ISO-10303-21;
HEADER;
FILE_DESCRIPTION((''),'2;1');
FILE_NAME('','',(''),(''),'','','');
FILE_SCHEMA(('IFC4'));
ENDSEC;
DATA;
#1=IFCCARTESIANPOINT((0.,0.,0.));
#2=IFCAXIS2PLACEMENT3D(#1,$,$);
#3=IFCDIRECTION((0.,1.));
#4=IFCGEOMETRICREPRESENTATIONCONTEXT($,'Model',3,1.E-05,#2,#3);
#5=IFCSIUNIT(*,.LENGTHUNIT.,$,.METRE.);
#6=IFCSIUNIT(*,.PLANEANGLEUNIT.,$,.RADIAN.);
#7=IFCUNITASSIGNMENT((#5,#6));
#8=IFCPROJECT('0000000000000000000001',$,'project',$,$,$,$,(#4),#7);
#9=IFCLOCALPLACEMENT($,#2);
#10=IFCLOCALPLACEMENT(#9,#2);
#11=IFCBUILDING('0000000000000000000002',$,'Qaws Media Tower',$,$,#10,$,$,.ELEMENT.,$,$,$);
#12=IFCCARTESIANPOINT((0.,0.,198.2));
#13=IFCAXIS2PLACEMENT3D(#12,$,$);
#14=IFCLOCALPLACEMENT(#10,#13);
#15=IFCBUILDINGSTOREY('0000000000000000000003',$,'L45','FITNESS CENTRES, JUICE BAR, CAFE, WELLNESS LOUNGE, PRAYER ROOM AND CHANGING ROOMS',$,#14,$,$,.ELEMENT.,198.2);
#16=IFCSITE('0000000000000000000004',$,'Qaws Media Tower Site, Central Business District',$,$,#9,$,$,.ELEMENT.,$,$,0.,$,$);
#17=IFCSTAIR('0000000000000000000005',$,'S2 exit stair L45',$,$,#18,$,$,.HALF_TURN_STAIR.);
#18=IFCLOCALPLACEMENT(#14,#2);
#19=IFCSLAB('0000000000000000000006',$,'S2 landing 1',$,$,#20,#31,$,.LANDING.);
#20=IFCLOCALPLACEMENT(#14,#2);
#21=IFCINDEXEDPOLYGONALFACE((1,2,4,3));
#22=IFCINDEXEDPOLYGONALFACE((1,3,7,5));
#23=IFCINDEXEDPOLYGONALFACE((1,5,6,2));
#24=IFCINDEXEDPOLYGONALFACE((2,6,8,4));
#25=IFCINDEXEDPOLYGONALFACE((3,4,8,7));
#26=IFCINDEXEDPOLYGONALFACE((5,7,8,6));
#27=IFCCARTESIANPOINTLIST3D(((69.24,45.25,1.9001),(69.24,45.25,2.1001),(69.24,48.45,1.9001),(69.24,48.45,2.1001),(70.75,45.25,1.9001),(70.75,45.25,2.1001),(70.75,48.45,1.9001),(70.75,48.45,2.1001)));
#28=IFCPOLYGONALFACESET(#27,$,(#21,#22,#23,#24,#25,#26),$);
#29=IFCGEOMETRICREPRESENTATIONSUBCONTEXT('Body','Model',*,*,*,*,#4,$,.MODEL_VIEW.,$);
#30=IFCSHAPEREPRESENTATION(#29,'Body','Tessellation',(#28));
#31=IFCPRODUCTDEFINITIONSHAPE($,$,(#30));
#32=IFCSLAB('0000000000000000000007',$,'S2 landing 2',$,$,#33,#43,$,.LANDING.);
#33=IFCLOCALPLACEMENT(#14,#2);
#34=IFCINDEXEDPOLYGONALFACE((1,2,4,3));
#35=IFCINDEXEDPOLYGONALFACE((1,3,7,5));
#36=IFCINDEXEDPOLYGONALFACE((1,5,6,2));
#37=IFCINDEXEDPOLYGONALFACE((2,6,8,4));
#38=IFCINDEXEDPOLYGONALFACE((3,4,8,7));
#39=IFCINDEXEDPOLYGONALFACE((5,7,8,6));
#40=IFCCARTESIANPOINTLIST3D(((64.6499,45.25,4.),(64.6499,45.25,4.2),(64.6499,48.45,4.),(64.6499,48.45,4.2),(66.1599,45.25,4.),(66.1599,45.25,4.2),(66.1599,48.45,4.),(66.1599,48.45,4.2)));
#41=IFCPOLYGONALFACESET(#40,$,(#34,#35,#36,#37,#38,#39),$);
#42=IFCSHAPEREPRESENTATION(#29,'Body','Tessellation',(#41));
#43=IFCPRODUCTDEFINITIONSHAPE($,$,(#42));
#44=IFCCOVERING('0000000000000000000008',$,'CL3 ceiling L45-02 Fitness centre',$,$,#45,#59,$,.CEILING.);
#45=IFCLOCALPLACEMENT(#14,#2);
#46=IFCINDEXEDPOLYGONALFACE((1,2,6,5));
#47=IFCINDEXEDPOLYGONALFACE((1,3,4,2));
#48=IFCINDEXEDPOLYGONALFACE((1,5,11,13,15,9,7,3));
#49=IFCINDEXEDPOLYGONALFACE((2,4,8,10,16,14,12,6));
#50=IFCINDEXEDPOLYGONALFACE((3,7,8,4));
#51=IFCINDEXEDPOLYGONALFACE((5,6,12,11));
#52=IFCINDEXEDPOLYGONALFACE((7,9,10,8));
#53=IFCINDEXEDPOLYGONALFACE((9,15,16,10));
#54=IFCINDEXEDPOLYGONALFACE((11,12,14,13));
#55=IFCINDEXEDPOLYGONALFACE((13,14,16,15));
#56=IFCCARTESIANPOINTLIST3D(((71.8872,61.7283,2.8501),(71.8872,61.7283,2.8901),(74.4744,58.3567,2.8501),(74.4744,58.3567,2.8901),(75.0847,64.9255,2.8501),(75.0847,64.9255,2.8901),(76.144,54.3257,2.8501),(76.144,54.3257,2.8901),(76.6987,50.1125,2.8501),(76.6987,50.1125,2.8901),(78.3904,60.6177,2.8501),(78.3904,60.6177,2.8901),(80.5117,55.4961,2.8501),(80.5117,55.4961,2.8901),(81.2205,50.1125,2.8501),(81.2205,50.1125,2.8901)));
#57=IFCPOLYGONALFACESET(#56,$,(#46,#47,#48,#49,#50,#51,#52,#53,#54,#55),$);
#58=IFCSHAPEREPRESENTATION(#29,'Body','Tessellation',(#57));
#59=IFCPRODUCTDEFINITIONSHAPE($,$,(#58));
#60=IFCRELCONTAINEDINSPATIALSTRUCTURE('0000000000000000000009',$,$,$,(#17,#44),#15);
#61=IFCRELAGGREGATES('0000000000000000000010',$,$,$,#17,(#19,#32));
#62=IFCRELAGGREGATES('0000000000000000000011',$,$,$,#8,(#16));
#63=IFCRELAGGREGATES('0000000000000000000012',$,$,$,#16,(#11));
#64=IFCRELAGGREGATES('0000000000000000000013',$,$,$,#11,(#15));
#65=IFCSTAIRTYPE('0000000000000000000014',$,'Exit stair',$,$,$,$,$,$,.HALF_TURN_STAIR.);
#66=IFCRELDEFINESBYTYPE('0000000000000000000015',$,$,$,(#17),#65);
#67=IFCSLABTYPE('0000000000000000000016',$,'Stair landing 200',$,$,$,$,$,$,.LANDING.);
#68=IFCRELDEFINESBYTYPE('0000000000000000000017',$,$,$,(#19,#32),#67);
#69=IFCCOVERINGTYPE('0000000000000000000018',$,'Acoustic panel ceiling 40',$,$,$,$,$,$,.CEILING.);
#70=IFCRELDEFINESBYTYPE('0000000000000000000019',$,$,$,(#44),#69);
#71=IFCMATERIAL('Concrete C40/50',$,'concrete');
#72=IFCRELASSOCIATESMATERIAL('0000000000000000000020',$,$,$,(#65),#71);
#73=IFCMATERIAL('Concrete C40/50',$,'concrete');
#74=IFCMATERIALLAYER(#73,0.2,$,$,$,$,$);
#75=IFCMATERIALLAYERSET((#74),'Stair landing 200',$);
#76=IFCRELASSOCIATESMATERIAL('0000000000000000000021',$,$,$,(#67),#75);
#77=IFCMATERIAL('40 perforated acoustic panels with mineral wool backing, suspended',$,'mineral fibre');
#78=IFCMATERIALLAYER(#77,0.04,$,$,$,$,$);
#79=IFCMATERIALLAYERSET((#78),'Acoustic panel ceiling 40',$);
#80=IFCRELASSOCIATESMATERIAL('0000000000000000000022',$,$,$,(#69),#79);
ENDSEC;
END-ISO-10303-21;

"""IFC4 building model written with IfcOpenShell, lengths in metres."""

from ifc_helpers import new_model, si_unit, direction, frame, origin, place, context, subcontext, project, spatial, polyline, outline, extrude, material, layer, layer_set, type_object, element, aggregate, save


model = new_model("IFC4")

# Units and contexts
model_context = context("Model", 3, precision=1e-05, world=origin(), true_north=direction((0.0, 1.0)))
body_context = subcontext(model_context, "Body", "Model", "MODEL_VIEW")
ifc_project = project(units=[si_unit("LENGTHUNIT", "METRE"), si_unit("PLANEANGLEUNIT", "RADIAN")], contexts=[model_context])

# Site, building, storey
site_placement = place(None, origin())
site = spatial("IfcSite", under=ifc_project, at=site_placement, Name="Qaws Media Tower Site, Central Business District", CompositionType="ELEMENT", RefElevation=0.0)
building_placement = place(site_placement, origin())
building = spatial("IfcBuilding", under=site, at=building_placement, Name="Qaws Media Tower", CompositionType="ELEMENT")
storey_placement = place(building_placement, frame((0.0, 0.0, 198.2)))
storey = spatial("IfcBuildingStorey", under=building, at=storey_placement, Name="L45", Description="FITNESS CENTRES, JUICE BAR, CAFE, WELLNESS LOUNGE, PRAYER ROOM AND CHANGING ROOMS", CompositionType="ELEMENT", Elevation=198.2)

# Stair, slabs
ifc_material_1 = material(Name="Concrete C40/50", Category="concrete")
stair_type = type_object("IfcStairType", Name="Exit stair", PredefinedType="HALF_TURN_STAIR", material=ifc_material_1)
ifc_material_2 = material(Name="Concrete C40/50", Category="concrete")
ifc_layer_1 = layer(ifc_material_2, 0.2)
ifc_layer_set_1 = layer_set([ifc_layer_1], Name="Stair landing 200")
slab_type = type_object("IfcSlabType", Name="Stair landing 200", PredefinedType="LANDING", material=ifc_layer_set_1)
stair_1_placement = place(storey_placement, origin())
stair_1 = element("IfcStair", 1, at=stair_1_placement, inside=storey, type_object=stair_type, Name="S2 exit stair L45", PredefinedType="HALF_TURN_STAIR")
slab_1_placement = place(storey_placement, frame((0.0, 0.0, 1.9001)))
slab_1 = element("IfcSlab", 2, at=slab_1_placement, type_object=slab_type, Name="S2 landing 1", PredefinedType="LANDING", context=body_context, shape_type="SweptSolid", body=[
    extrude(outline(polyline([(69.24, 45.25), (70.75, 45.25), (70.75, 48.45), (69.24, 48.45), (69.24, 45.25)])), origin(), (0.0, 0.0, 1.0), 0.2),
])
slab_2_placement = place(storey_placement, frame((0.0, 0.0, 4.0)))
slab_2 = element("IfcSlab", 3, at=slab_2_placement, type_object=slab_type, Name="S2 landing 2", PredefinedType="LANDING", context=body_context, shape_type="SweptSolid", body=[
    extrude(outline(polyline([(64.6499, 45.25), (66.1599, 45.25), (66.1599, 48.45), (64.6499, 48.45), (64.6499, 45.25)])), origin(), (0.0, 0.0, 1.0), 0.2),
])
aggregate(stair_1, [slab_1, slab_2])

# Covering
ifc_material_3 = material(Name="40 perforated acoustic panels with mineral wool backing, suspended", Category="mineral fibre")
ifc_layer_2 = layer(ifc_material_3, 0.04)
ifc_layer_set_2 = layer_set([ifc_layer_2], Name="Acoustic panel ceiling 40")
covering_type_1 = type_object("IfcCoveringType", Name="Acoustic panel ceiling 40", PredefinedType="CEILING", material=ifc_layer_set_2)
covering_1_placement = place(storey_placement, frame((0.0, 0.0, 2.8501)))
element("IfcCovering", 4, at=covering_1_placement, inside=storey, type_object=covering_type_1, Name="CL3 ceiling L45-02 Fitness centre", PredefinedType="CEILING", context=body_context, shape_type="SweptSolid", body=[
    extrude(outline(polyline([(78.3904, 60.6177), (80.5117, 55.4961), (81.2205, 50.1125), (76.6987, 50.1125), (76.144, 54.3257), (74.4744, 58.3567), (71.8872, 61.7283), (75.0847, 64.9255), (78.3904, 60.6177)])), origin(), (0.0, 0.0, 1.0), 0.04),
])

save(model, "model.ifc")
